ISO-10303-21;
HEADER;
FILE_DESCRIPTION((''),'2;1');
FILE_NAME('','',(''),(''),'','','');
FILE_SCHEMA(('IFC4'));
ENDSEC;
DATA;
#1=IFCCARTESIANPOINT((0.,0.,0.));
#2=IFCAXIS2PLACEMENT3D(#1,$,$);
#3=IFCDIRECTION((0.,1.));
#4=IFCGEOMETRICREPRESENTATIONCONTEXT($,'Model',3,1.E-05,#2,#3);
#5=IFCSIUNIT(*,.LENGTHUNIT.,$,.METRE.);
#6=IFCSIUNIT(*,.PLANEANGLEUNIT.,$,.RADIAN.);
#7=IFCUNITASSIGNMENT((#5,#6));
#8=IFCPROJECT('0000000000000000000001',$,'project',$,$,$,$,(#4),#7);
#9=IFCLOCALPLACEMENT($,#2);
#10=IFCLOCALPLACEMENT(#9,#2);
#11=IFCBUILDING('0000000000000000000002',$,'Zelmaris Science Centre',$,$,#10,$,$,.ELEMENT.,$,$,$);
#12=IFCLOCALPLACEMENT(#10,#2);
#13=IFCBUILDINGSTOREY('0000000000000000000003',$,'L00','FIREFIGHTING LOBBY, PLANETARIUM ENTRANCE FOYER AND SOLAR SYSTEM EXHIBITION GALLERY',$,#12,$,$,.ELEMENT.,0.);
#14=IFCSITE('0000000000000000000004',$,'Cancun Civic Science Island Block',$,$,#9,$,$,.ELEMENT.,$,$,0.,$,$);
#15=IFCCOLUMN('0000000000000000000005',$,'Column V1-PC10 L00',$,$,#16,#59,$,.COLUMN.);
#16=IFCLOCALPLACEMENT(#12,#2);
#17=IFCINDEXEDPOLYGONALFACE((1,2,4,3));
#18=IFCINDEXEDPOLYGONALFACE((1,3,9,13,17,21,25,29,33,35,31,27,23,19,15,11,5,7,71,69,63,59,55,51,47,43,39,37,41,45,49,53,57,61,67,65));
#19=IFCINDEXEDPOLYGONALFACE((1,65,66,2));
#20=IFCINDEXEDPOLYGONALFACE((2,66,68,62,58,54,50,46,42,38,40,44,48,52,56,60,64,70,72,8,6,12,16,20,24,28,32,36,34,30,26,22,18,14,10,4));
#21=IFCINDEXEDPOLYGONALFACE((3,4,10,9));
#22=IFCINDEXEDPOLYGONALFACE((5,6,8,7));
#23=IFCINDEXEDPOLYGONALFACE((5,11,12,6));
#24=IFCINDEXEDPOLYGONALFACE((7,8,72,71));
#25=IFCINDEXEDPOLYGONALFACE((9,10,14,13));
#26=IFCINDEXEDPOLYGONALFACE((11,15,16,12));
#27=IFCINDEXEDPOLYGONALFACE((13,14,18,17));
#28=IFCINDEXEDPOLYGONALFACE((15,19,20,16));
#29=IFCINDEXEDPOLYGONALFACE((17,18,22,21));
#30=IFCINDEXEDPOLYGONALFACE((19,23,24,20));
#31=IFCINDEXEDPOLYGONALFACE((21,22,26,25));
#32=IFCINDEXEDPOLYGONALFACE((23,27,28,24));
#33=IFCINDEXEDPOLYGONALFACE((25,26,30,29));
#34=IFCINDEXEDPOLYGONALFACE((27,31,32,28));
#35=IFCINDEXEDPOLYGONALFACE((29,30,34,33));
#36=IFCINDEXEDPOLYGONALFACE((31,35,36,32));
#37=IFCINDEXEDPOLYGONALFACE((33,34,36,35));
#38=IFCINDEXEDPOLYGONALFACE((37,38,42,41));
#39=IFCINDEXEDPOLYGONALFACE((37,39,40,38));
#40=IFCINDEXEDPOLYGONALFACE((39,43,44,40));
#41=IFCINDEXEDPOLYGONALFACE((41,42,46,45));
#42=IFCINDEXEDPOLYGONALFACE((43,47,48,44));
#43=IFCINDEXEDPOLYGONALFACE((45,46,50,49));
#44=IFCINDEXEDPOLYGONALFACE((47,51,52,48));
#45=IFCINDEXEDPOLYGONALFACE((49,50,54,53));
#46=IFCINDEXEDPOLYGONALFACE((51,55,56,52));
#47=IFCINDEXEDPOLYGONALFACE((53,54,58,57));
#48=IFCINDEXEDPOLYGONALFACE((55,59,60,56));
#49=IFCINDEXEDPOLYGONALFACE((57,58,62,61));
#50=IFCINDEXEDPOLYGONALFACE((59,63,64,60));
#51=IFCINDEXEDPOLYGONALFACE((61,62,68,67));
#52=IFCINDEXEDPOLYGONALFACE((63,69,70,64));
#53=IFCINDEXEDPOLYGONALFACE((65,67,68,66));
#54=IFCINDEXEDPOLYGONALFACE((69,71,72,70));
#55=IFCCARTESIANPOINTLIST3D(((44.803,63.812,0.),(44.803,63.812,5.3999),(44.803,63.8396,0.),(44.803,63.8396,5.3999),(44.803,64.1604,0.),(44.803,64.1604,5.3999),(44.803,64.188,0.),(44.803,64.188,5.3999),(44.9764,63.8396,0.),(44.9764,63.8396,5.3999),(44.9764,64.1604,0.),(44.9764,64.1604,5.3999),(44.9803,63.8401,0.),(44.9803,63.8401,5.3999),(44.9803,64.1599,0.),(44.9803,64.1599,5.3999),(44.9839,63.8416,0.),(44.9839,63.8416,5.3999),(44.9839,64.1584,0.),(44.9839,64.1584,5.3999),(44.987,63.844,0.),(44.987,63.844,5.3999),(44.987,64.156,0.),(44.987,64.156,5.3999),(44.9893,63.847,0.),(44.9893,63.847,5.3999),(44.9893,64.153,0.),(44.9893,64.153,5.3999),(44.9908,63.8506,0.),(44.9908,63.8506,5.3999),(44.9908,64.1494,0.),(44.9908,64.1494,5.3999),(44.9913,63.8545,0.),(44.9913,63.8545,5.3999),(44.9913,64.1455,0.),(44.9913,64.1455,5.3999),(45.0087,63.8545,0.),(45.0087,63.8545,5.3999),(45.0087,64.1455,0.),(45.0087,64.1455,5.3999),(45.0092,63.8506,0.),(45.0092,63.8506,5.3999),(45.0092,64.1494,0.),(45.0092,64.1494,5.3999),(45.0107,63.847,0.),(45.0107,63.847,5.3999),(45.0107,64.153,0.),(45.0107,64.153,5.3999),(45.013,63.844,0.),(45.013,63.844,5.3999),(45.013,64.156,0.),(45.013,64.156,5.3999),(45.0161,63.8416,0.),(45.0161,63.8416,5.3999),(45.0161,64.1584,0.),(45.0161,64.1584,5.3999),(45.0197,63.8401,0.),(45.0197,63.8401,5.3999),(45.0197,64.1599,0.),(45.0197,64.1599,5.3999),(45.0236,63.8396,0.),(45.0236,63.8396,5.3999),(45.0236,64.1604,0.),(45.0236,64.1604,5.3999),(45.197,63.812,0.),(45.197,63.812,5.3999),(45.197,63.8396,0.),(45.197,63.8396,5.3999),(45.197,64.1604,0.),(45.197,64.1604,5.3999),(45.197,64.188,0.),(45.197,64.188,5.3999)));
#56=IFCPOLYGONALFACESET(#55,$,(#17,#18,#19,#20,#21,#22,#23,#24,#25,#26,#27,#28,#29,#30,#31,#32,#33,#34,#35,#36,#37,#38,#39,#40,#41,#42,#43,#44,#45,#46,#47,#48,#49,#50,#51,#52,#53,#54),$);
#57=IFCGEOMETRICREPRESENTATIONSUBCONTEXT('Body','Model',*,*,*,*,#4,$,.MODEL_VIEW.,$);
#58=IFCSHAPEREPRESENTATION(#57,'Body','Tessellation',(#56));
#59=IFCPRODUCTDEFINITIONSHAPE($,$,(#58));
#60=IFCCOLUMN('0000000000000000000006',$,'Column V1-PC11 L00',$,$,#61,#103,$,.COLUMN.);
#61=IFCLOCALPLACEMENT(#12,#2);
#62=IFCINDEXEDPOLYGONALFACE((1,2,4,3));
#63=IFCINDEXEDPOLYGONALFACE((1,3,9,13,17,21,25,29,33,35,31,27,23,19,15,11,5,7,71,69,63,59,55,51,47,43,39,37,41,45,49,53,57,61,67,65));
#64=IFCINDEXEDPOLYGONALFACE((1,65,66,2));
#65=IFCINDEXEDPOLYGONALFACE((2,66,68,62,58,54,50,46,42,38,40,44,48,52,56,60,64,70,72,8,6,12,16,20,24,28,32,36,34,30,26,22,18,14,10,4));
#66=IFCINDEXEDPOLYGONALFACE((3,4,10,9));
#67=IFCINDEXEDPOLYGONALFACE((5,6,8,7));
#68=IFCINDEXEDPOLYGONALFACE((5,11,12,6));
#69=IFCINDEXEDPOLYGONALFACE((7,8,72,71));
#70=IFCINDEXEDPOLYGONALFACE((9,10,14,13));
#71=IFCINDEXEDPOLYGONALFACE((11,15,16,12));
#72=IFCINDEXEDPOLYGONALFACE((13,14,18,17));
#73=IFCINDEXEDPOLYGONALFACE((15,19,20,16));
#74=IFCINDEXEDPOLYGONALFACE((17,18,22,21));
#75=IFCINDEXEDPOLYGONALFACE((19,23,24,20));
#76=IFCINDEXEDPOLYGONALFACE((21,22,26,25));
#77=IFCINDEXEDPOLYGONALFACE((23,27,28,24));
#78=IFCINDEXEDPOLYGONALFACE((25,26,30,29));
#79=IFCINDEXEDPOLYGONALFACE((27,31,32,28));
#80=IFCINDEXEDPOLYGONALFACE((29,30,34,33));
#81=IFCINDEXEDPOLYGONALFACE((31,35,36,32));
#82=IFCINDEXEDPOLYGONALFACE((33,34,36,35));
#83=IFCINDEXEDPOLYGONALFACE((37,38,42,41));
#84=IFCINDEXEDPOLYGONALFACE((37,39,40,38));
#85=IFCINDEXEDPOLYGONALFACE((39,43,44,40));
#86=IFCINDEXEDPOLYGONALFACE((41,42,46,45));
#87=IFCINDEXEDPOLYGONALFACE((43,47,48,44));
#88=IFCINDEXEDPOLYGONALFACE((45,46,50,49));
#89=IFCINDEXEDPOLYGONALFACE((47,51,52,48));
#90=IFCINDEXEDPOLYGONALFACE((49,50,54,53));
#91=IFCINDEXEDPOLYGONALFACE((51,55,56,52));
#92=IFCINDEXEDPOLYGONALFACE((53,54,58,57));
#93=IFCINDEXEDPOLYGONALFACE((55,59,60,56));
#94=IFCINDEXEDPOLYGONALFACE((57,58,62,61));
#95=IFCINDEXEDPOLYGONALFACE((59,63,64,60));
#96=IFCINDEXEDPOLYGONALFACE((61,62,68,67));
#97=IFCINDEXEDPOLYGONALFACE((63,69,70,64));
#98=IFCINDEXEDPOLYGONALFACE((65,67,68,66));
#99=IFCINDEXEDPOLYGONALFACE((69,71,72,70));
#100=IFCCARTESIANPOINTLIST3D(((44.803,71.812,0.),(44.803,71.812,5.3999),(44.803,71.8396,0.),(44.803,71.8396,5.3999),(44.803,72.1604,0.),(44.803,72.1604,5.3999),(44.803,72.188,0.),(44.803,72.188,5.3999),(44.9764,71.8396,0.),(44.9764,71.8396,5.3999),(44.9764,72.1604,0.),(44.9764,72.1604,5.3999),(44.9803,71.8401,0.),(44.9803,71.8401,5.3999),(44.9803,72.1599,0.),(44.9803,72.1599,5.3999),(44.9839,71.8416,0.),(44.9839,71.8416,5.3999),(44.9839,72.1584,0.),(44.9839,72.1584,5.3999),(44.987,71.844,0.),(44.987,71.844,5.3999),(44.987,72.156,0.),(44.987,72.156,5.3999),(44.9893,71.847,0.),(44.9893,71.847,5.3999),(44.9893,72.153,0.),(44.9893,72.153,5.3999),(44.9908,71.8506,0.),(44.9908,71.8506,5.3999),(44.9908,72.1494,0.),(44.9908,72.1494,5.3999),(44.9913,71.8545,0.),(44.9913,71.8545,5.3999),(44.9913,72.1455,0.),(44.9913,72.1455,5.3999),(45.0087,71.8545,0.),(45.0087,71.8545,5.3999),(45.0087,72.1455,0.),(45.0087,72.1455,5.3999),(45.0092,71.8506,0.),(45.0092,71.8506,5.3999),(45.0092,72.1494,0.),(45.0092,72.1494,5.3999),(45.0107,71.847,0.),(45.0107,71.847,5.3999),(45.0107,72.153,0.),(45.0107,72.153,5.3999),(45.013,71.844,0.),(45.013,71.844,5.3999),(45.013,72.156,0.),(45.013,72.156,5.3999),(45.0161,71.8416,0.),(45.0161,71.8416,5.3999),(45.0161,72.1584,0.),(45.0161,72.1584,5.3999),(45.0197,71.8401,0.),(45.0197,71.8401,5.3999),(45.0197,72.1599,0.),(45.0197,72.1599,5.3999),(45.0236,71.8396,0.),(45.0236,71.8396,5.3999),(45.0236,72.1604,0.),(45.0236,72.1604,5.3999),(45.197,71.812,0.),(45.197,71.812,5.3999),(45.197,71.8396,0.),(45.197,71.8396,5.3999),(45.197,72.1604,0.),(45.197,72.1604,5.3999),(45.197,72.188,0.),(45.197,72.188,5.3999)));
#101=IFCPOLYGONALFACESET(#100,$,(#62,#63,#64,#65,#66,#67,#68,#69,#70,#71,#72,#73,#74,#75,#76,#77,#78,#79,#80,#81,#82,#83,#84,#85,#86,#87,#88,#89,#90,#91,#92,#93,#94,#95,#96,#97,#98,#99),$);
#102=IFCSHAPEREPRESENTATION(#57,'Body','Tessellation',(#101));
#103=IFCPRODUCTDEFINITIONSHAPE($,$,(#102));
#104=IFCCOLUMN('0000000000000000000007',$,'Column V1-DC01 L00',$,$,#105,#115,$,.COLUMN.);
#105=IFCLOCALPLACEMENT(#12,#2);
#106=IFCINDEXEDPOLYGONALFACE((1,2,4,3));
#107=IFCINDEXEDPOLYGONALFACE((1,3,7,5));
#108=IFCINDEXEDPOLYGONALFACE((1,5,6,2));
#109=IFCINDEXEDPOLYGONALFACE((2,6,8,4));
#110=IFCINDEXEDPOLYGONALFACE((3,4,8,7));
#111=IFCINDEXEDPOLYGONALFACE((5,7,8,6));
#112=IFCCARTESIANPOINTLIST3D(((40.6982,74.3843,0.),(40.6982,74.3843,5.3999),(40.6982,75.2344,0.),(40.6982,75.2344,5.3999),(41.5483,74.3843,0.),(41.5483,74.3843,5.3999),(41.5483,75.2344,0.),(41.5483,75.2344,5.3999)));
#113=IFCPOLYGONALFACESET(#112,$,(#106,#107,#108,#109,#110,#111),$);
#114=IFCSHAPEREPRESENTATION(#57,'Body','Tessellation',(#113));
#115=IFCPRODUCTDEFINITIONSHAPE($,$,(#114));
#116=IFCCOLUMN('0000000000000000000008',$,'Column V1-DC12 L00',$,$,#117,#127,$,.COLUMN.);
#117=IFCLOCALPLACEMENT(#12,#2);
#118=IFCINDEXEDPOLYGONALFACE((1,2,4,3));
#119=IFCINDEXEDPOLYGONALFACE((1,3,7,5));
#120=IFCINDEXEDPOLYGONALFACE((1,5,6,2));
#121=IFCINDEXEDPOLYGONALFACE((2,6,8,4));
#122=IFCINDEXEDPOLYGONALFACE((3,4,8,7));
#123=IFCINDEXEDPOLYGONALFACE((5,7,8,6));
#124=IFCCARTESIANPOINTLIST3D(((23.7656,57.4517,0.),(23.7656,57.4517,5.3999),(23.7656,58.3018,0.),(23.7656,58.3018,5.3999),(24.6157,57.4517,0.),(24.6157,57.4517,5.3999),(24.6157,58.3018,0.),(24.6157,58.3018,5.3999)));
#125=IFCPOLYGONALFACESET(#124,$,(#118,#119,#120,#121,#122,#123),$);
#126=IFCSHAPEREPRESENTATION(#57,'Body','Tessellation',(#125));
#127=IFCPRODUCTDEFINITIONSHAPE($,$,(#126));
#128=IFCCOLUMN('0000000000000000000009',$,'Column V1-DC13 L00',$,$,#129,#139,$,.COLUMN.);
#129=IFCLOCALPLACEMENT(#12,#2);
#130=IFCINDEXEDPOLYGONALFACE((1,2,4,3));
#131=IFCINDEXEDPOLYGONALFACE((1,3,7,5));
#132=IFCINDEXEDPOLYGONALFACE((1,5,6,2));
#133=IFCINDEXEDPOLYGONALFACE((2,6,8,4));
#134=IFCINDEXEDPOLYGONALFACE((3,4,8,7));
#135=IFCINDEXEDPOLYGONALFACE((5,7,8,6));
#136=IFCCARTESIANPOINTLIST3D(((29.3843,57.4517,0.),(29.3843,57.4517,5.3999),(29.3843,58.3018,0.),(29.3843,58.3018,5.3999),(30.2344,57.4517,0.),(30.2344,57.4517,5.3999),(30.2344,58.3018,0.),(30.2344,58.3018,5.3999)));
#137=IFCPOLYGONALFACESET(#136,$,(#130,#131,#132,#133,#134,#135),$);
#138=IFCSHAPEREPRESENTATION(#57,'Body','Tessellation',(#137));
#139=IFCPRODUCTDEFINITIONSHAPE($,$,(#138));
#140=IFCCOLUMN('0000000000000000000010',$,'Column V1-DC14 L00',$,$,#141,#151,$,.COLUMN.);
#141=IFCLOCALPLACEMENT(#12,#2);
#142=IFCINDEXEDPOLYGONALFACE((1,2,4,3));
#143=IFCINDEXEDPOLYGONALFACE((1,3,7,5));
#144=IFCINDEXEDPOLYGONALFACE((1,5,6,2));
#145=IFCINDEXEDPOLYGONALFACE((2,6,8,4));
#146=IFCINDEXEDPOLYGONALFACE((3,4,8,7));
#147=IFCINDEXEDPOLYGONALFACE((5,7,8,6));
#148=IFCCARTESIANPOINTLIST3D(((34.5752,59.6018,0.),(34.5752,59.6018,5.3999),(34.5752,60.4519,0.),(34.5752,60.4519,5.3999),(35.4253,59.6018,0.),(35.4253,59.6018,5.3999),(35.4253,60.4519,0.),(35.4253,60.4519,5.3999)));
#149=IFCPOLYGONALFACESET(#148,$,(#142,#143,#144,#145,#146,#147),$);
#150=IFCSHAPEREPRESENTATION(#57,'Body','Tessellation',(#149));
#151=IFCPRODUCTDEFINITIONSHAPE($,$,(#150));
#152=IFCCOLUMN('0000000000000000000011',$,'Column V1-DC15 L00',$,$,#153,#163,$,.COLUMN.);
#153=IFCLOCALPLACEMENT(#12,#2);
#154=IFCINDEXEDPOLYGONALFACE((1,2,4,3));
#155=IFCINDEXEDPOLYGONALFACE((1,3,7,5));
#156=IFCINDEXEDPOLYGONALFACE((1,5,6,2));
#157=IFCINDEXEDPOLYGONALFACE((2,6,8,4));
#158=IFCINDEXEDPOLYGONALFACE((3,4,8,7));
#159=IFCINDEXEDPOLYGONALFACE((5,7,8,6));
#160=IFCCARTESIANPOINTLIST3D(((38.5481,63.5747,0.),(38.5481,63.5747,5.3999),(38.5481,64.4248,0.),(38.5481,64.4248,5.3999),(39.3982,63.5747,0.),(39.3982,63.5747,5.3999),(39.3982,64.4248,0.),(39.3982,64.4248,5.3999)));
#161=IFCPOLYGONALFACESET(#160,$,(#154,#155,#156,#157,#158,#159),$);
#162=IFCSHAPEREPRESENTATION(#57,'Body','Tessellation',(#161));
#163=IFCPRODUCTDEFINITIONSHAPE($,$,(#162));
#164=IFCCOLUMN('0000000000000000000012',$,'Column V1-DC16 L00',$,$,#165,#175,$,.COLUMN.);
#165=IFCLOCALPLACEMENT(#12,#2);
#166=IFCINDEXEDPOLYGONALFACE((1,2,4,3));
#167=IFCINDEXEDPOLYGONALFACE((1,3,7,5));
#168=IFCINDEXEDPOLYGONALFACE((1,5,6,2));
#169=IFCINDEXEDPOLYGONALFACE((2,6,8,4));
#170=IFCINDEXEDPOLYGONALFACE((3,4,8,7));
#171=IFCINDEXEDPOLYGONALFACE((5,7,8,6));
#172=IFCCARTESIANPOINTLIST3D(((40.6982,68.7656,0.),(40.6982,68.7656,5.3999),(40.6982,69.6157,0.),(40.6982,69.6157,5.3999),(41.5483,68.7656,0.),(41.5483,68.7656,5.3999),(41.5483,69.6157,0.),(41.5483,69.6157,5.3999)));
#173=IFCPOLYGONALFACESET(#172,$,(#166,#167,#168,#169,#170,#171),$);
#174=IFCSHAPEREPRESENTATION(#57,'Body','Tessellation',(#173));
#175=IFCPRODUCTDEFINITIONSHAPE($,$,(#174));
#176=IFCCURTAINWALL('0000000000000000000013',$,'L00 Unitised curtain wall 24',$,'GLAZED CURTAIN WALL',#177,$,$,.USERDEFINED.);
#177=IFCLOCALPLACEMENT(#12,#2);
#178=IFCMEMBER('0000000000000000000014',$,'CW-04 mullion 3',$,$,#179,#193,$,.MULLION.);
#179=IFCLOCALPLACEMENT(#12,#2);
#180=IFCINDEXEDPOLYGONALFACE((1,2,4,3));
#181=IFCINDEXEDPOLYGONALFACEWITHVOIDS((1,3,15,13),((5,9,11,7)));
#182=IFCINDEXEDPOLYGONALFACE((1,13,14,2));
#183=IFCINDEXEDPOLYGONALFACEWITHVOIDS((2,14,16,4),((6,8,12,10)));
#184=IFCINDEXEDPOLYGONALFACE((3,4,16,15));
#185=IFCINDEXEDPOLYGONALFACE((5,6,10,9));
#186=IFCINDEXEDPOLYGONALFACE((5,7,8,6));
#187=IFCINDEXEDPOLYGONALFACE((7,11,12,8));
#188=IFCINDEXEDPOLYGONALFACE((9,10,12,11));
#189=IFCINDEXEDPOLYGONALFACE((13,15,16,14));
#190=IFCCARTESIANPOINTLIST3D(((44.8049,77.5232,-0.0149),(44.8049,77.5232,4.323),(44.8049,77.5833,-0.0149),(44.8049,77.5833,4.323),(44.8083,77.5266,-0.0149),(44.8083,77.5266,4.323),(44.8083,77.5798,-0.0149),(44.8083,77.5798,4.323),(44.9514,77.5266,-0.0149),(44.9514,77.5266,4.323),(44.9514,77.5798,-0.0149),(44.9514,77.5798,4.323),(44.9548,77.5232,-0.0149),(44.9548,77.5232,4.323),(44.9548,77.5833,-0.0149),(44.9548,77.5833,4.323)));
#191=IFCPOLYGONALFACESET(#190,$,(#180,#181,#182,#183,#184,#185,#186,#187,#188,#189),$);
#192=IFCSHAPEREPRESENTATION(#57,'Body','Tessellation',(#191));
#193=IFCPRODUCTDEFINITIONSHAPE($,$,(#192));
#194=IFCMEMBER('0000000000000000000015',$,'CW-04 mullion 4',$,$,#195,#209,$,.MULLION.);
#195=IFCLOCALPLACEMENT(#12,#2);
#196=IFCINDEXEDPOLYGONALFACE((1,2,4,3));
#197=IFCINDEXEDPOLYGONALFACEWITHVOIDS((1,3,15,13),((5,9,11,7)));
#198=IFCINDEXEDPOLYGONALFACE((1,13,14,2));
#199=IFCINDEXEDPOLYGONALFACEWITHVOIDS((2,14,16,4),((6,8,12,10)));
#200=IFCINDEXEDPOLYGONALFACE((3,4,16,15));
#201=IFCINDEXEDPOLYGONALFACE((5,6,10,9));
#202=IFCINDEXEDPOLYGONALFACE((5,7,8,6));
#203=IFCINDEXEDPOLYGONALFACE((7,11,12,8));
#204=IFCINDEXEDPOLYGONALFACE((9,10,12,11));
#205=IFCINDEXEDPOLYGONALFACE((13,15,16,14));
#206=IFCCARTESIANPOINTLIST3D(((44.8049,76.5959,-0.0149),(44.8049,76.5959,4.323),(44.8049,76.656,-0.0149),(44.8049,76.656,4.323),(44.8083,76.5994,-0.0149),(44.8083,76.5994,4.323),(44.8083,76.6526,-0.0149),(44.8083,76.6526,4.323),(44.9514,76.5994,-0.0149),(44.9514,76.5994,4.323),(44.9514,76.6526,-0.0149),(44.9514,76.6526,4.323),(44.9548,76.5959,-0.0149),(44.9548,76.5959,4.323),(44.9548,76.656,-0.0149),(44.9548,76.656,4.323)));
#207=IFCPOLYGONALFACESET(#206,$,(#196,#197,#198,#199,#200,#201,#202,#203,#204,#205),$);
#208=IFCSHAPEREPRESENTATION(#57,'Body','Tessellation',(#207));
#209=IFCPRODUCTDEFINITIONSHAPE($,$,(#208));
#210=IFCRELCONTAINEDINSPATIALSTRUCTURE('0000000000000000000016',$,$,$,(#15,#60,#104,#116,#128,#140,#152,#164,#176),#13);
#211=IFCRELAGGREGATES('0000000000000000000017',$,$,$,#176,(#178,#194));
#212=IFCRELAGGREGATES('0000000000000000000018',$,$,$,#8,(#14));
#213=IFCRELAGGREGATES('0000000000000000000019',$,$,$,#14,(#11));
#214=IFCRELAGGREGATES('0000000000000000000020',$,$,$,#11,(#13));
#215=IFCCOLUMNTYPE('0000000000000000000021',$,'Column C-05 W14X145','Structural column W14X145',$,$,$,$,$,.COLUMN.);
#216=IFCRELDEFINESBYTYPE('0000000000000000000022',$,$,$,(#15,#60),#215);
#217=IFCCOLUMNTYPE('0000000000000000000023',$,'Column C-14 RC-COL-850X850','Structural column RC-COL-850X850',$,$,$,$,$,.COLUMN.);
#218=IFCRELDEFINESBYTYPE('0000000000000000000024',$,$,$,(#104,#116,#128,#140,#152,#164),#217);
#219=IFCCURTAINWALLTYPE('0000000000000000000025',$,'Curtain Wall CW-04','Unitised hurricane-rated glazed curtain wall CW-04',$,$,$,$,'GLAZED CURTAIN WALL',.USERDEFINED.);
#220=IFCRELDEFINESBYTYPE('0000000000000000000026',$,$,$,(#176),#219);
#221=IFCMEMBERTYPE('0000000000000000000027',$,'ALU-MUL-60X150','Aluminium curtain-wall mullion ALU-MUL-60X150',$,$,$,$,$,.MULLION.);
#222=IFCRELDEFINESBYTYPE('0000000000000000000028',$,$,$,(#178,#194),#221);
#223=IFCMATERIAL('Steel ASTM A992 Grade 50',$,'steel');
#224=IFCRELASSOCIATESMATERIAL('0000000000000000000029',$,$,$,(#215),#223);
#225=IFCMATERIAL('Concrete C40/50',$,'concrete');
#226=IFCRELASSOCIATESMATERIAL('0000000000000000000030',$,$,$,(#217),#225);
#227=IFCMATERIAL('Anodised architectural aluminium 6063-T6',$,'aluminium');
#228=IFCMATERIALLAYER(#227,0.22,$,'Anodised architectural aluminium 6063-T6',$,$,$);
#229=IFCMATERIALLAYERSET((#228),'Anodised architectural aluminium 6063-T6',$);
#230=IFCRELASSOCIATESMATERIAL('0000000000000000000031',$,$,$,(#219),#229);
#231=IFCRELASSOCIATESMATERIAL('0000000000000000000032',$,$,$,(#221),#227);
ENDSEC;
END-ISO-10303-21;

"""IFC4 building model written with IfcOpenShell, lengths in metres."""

from ifc_helpers import new_model, si_unit, direction, frame, origin, origin_2d, place, context, subcontext, project, spatial, rectangle, hollow_rectangle, i_section, extrude, material, layer, layer_set, material_profile, profile_set, type_object, element, aggregate, save


model = new_model("IFC4")

# Units and contexts
model_context = context("Model", 3, precision=1e-05, world=origin(), true_north=direction((0.0, 1.0)))
body_context = subcontext(model_context, "Body", "Model", "MODEL_VIEW")
ifc_project = project(units=[si_unit("LENGTHUNIT", "METRE"), si_unit("PLANEANGLEUNIT", "RADIAN")], contexts=[model_context])

# Site, building, storey
site_placement = place(None, origin())
site = spatial("IfcSite", under=ifc_project, at=site_placement, Name="Cancun Civic Science Island Block", CompositionType="ELEMENT", RefElevation=0.0)
building_placement = place(site_placement, origin())
building = spatial("IfcBuilding", under=site, at=building_placement, Name="Zelmaris Science Centre", CompositionType="ELEMENT")
storey_placement = place(building_placement, origin())
storey = spatial("IfcBuildingStorey", under=building, at=storey_placement, Name="L00", Description="FIREFIGHTING LOBBY, PLANETARIUM ENTRANCE FOYER AND SOLAR SYSTEM EXHIBITION GALLERY", CompositionType="ELEMENT", Elevation=0.0)

# Columns
ifc_material_1 = material(Name="Steel ASTM A992 Grade 50", Category="steel")
ifc_material_profile_1 = material_profile(ifc_material_1, i_section(OverallWidth=0.394, OverallDepth=0.376, WebThickness=0.0173, FlangeThickness=0.0276, FilletRadius=0.0149, at=origin_2d()), Name="W14X145")
ifc_profile_set_1 = profile_set([ifc_material_profile_1], Name="Steel ASTM A992 Grade 50")
column_type_1 = type_object("IfcColumnType", Name="Column C-05 W14X145", Description="Structural column W14X145", PredefinedType="COLUMN", material=ifc_profile_set_1)
for number, where, z_axis, x_axis, name in (
    (1, (45.0, 64.0, 0.0), (0.0, 0.0, 1.0), (1.0, 0.0, 0.0), "Column V1-PC10 L00"),
    (2, (45.0, 72.0, 0.0), (0.0, 0.0, 1.0), (1.0, 0.0, 0.0), "Column V1-PC11 L00"),
):
    element("IfcColumn", number, at=place(storey_placement, frame(where, z_axis=z_axis, x_axis=x_axis)), inside=storey, type_object=column_type_1, Name=name, PredefinedType="COLUMN", context=body_context, shape_type="SweptSolid", body=[
        extrude(i_section(OverallWidth=0.394, OverallDepth=0.376, WebThickness=0.0173, FlangeThickness=0.0276, FilletRadius=0.0149, at=origin_2d()), origin(), (0.0, 0.0, 1.0), 5.3999),
    ])
ifc_material_2 = material(Name="Concrete C40/50", Category="concrete")
ifc_material_profile_2 = material_profile(ifc_material_2, rectangle(XDim=0.8501, YDim=0.8501, at=origin_2d()), Name="RC-COL-850X850")
ifc_profile_set_2 = profile_set([ifc_material_profile_2], Name="Concrete C40/50")
column_type_2 = type_object("IfcColumnType", Name="Column C-14 RC-COL-850X850", Description="Structural column RC-COL-850X850", PredefinedType="COLUMN", material=ifc_profile_set_2)
for number, where, z_axis, x_axis, name in (
    (3, (41.1233, 74.8093, 0.0), (0.0, 0.0, 1.0), (1.0, 0.0, 0.0), "Column V1-DC01 L00"),
    (4, (24.1907, 57.8767, 0.0), (0.0, 0.0, 1.0), (1.0, 0.0, 0.0), "Column V1-DC12 L00"),
    (5, (29.8093, 57.8767, 0.0), (0.0, 0.0, 1.0), (1.0, 0.0, 0.0), "Column V1-DC13 L00"),
    (6, (35.0002, 60.0269, 0.0), (0.0, 0.0, 1.0), (1.0, 0.0, 0.0), "Column V1-DC14 L00"),
    (7, (38.9731, 63.9998, 0.0), (0.0, 0.0, 1.0), (1.0, 0.0, 0.0), "Column V1-DC15 L00"),
    (8, (41.1233, 69.1907, 0.0), (0.0, 0.0, 1.0), (1.0, 0.0, 0.0), "Column V1-DC16 L00"),
):
    element("IfcColumn", number, at=place(storey_placement, frame(where, z_axis=z_axis, x_axis=x_axis)), inside=storey, type_object=column_type_2, Name=name, PredefinedType="COLUMN", context=body_context, shape_type="SweptSolid", body=[
        extrude(rectangle(XDim=0.8501, YDim=0.8501, at=origin_2d()), origin(), (0.0, 0.0, 1.0), 5.3999),
    ])

# Curtain wall, members
ifc_material_3 = material(Name="Anodised architectural aluminium 6063-T6", Category="aluminium")
ifc_layer_1 = layer(ifc_material_3, 0.22, Name="Anodised architectural aluminium 6063-T6")
ifc_layer_set_1 = layer_set([ifc_layer_1], Name="Anodised architectural aluminium 6063-T6")
curtain_wall_type = type_object("IfcCurtainWallType", Name="Curtain Wall CW-04", Description="Unitised hurricane-rated glazed curtain wall CW-04", ElementType="GLAZED CURTAIN WALL", PredefinedType="USERDEFINED", material=ifc_layer_set_1)
curtain_wall_placement = place(storey_placement, origin())
curtain_wall = element("IfcCurtainWall", 9, at=curtain_wall_placement, inside=storey, type_object=curtain_wall_type, Name="L00 Unitised curtain wall 24", ObjectType="GLAZED CURTAIN WALL", PredefinedType="USERDEFINED")
ifc_material_profile_3 = material_profile(ifc_material_3, hollow_rectangle(XDim=0.0601, YDim=0.1499, WallThickness=0.0034, at=origin_2d()), Name="ALU-MUL-60X150")
ifc_profile_set_3 = profile_set([ifc_material_profile_3], Name="Anodised architectural aluminium 6063-T6")
member_type_1 = type_object("IfcMemberType", Name="ALU-MUL-60X150", Description="Aluminium curtain-wall mullion ALU-MUL-60X150", PredefinedType="MULLION", material=ifc_profile_set_3)
member_1_placement = place(storey_placement, frame((44.8799, 77.5532, -0.0149), z_axis=(0.0, 0.0, 1.0), x_axis=(0.000009, -1.0, 0.0)))
member_1 = element("IfcMember", 10, at=member_1_placement, type_object=member_type_1, Name="CW-04 mullion 3", PredefinedType="MULLION", context=body_context, shape_type="SweptSolid", body=[
    extrude(hollow_rectangle(XDim=0.0601, YDim=0.1499, WallThickness=0.0034, at=origin_2d()), origin(), (0.0, 0.0, 1.0), 4.3379),
])
member_2_placement = place(storey_placement, frame((44.8799, 76.626, -0.0149), z_axis=(0.0, 0.0, 1.0), x_axis=(0.000009, -1.0, 0.0)))
member_2 = element("IfcMember", 11, at=member_2_placement, type_object=member_type_1, Name="CW-04 mullion 4", PredefinedType="MULLION", context=body_context, shape_type="SweptSolid", body=[
    extrude(hollow_rectangle(XDim=0.0601, YDim=0.1499, WallThickness=0.0034, at=origin_2d()), origin(), (0.0, 0.0, 1.0), 4.3379),
])

aggregate(curtain_wall, [member_1, member_2])

save(model, "model.ifc")
